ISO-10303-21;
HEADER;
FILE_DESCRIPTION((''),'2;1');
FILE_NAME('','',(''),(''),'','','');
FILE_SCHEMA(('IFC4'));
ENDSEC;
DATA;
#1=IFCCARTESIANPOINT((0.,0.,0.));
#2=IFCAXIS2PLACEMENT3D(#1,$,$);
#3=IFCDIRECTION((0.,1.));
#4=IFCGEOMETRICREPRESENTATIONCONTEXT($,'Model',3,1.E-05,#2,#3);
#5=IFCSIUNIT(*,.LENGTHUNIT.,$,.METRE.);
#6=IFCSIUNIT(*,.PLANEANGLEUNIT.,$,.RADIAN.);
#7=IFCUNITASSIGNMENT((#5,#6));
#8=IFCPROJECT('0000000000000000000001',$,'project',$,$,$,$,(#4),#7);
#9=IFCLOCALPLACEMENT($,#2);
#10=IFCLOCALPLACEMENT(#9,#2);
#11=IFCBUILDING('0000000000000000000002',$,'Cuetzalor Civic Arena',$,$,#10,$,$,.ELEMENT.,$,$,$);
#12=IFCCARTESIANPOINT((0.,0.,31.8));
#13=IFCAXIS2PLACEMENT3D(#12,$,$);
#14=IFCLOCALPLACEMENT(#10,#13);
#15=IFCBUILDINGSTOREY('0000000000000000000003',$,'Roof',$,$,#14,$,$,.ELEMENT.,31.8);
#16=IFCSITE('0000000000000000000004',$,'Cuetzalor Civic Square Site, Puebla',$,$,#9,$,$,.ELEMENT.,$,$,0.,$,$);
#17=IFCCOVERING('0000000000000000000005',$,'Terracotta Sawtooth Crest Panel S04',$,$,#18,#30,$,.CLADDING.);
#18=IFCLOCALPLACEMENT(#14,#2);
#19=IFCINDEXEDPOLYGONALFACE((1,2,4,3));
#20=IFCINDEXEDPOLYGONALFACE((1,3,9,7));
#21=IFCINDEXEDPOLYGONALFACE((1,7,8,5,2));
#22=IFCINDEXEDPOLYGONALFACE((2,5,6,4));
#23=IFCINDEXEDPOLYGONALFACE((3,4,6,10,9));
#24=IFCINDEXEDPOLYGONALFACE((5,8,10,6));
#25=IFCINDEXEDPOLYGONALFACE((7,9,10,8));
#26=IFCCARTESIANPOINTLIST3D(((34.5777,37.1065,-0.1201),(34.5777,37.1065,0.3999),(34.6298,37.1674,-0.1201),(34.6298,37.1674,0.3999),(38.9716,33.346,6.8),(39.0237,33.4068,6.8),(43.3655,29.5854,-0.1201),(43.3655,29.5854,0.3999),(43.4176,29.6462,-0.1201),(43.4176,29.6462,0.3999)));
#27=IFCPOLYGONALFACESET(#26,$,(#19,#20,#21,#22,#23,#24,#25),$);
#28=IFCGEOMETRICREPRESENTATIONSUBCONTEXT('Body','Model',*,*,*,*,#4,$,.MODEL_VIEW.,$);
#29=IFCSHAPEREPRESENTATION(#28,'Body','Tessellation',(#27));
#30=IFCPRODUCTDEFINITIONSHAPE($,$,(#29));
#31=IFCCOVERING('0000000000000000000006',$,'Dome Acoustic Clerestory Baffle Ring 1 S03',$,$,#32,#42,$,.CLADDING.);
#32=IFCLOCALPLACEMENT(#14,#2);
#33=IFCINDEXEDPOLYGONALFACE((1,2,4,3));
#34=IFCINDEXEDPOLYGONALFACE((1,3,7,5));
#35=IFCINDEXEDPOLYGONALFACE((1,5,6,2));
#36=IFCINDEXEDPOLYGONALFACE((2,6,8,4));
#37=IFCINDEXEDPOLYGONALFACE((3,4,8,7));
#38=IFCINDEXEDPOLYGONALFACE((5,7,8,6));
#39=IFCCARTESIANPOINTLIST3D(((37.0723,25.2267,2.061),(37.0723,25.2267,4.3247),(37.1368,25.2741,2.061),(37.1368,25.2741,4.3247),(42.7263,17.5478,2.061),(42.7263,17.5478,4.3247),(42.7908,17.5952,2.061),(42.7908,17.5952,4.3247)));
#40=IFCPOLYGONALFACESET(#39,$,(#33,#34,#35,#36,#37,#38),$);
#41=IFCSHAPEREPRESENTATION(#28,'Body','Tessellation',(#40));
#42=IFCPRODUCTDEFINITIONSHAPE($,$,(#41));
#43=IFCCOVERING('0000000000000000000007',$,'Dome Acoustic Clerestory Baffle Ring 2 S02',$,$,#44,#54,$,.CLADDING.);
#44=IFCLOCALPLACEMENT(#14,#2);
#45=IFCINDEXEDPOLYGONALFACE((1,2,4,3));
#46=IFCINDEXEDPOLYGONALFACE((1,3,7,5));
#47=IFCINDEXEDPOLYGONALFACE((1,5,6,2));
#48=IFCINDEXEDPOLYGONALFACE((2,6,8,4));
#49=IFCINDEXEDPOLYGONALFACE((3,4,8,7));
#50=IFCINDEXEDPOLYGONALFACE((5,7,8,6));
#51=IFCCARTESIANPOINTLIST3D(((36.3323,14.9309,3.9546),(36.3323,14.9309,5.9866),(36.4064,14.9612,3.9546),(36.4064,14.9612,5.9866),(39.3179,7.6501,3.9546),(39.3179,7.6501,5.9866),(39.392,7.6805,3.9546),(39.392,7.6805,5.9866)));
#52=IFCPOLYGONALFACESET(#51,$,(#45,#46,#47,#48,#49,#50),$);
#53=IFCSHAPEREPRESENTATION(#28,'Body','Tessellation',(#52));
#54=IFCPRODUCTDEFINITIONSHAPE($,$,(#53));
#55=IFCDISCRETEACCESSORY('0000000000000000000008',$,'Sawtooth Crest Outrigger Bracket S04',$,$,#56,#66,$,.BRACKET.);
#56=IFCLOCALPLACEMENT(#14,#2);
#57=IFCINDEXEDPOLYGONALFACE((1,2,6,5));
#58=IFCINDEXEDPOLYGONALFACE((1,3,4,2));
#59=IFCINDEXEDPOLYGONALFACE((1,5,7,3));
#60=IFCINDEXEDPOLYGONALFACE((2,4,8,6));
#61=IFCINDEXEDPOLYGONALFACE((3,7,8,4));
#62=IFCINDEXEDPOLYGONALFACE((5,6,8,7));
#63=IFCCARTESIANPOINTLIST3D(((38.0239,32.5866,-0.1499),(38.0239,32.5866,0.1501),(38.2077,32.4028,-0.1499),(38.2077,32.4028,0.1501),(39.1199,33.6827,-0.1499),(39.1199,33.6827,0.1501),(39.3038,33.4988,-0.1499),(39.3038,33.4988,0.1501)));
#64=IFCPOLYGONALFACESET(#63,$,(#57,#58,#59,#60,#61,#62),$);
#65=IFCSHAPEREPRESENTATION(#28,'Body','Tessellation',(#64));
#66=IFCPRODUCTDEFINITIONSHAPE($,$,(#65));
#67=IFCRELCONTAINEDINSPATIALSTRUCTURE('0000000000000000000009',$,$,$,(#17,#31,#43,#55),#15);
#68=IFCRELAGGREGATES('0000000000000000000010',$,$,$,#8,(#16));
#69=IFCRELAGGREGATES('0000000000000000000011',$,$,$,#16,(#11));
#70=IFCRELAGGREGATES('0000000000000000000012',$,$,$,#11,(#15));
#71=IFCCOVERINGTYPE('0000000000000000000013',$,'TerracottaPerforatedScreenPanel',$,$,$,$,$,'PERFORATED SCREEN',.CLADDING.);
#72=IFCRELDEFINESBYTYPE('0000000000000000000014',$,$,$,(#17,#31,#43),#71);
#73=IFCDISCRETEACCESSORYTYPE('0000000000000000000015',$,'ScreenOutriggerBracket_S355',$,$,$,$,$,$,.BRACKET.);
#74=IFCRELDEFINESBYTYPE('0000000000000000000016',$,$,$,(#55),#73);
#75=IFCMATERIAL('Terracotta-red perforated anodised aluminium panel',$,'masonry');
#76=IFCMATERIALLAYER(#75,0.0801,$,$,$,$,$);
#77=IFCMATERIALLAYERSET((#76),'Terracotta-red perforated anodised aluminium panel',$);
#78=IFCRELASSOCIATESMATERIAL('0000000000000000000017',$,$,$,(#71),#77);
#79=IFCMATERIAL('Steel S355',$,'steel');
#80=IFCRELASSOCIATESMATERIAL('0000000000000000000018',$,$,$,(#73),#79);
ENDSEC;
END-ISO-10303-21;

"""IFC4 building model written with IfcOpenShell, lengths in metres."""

from ifc_helpers import new_model, si_unit, direction, frame, frame_2d, origin, origin_2d, place, context, subcontext, project, spatial, polyline, rectangle, outline, extrude, material, layer, layer_set, type_object, element, save


model = new_model("IFC4")

# Units and contexts
model_context = context("Model", 3, precision=1e-05, world=origin(), true_north=direction((0.0, 1.0)))
body_context = subcontext(model_context, "Body", "Model", "MODEL_VIEW")
ifc_project = project(units=[si_unit("LENGTHUNIT", "METRE"), si_unit("PLANEANGLEUNIT", "RADIAN")], contexts=[model_context])

# Site, building, storey
site_placement = place(None, origin())
site = spatial("IfcSite", under=ifc_project, at=site_placement, Name="Cuetzalor Civic Square Site, Puebla", CompositionType="ELEMENT", RefElevation=0.0)
building_placement = place(site_placement, origin())
building = spatial("IfcBuilding", under=site, at=building_placement, Name="Cuetzalor Civic Arena", CompositionType="ELEMENT")
storey_placement = place(building_placement, frame((0.0, 0.0, 31.8)))
storey = spatial("IfcBuildingStorey", under=building, at=storey_placement, Name="Roof", CompositionType="ELEMENT", Elevation=31.8)

# Coverings
ifc_material_1 = material(Name="Terracotta-red perforated anodised aluminium panel", Category="masonry")
ifc_layer_1 = layer(ifc_material_1, 0.0801)
ifc_layer_set_1 = layer_set([ifc_layer_1], Name="Terracotta-red perforated anodised aluminium panel")
covering_type = type_object("IfcCoveringType", Name="TerracottaPerforatedScreenPanel", ElementType="PERFORATED SCREEN", PredefinedType="CLADDING", material=ifc_layer_set_1)
covering_1_placement = place(storey_placement, frame((34.6038, 37.137, -0.1201), z_axis=(0.0, 0.0, 1.0), x_axis=(0.759735, -0.650233, 0.0)))
element("IfcCovering", 1, at=covering_1_placement, inside=storey, type_object=covering_type, Name="Terracotta Sawtooth Crest Panel S04", PredefinedType="CLADDING", context=body_context, shape_type="SweptSolid", body=[
    extrude(outline(polyline([(0.0, 0.0), (11.5669, 0.0), (11.5669, 0.52), (5.7834, 6.9202), (0.0, 0.52), (0.0, 0.0)])), frame((0.0, 0.04, 0.0), z_axis=(0.0, -1.0, 0.0), x_axis=(1.0, 0.0, 0.0)), (0.0, 0.0, 1.0), 0.0801),
])
covering_2_placement = place(storey_placement, frame((37.1045, 25.2505, 2.061), z_axis=(0.0, 0.0, 1.0), x_axis=(0.592919, -0.805262, 0.0)))
element("IfcCovering", 2, at=covering_2_placement, inside=storey, type_object=covering_type, Name="Dome Acoustic Clerestory Baffle Ring 1 S03", PredefinedType="CLADDING", context=body_context, shape_type="SweptSolid", body=[
    extrude(rectangle(XDim=9.5359, YDim=0.0801, at=frame_2d((4.7681, 0.0))), origin(), (0.0, 0.0, 1.0), 2.2637),
])
covering_3_placement = place(storey_placement, frame((36.3694, 14.946, 3.9546), z_axis=(0.0, 0.0, 1.0), x_axis=(0.379406, -0.92523, 0.0)))
element("IfcCovering", 3, at=covering_3_placement, inside=storey, type_object=covering_type, Name="Dome Acoustic Clerestory Baffle Ring 2 S02", PredefinedType="CLADDING", context=body_context, shape_type="SweptSolid", body=[
    extrude(rectangle(XDim=7.8691, YDim=0.0801, at=frame_2d((3.9346, 0.0))), origin(), (0.0, 0.0, 1.0), 2.032),
])

# Discrete accessory
ifc_material_2 = material(Name="Steel S355", Category="steel")
discrete_accessory_type = type_object("IfcDiscreteAccessoryType", Name="ScreenOutriggerBracket_S355", PredefinedType="BRACKET", material=ifc_material_2)
discrete_accessory_placement = place(storey_placement, frame((38.6638, 33.0427, -0.1499), z_axis=(0.0, 0.0, 1.0), x_axis=(0.707107, 0.707107, 0.0)))
element("IfcDiscreteAccessory", 4, at=discrete_accessory_placement, inside=storey, type_object=discrete_accessory_type, Name="Sawtooth Crest Outrigger Bracket S04", PredefinedType="BRACKET", context=body_context, shape_type="SweptSolid", body=[
    extrude(rectangle(XDim=1.55, YDim=0.26, at=origin_2d()), origin(), (0.0, 0.0, 1.0), 0.3),
])

save(model, "model.ifc")
